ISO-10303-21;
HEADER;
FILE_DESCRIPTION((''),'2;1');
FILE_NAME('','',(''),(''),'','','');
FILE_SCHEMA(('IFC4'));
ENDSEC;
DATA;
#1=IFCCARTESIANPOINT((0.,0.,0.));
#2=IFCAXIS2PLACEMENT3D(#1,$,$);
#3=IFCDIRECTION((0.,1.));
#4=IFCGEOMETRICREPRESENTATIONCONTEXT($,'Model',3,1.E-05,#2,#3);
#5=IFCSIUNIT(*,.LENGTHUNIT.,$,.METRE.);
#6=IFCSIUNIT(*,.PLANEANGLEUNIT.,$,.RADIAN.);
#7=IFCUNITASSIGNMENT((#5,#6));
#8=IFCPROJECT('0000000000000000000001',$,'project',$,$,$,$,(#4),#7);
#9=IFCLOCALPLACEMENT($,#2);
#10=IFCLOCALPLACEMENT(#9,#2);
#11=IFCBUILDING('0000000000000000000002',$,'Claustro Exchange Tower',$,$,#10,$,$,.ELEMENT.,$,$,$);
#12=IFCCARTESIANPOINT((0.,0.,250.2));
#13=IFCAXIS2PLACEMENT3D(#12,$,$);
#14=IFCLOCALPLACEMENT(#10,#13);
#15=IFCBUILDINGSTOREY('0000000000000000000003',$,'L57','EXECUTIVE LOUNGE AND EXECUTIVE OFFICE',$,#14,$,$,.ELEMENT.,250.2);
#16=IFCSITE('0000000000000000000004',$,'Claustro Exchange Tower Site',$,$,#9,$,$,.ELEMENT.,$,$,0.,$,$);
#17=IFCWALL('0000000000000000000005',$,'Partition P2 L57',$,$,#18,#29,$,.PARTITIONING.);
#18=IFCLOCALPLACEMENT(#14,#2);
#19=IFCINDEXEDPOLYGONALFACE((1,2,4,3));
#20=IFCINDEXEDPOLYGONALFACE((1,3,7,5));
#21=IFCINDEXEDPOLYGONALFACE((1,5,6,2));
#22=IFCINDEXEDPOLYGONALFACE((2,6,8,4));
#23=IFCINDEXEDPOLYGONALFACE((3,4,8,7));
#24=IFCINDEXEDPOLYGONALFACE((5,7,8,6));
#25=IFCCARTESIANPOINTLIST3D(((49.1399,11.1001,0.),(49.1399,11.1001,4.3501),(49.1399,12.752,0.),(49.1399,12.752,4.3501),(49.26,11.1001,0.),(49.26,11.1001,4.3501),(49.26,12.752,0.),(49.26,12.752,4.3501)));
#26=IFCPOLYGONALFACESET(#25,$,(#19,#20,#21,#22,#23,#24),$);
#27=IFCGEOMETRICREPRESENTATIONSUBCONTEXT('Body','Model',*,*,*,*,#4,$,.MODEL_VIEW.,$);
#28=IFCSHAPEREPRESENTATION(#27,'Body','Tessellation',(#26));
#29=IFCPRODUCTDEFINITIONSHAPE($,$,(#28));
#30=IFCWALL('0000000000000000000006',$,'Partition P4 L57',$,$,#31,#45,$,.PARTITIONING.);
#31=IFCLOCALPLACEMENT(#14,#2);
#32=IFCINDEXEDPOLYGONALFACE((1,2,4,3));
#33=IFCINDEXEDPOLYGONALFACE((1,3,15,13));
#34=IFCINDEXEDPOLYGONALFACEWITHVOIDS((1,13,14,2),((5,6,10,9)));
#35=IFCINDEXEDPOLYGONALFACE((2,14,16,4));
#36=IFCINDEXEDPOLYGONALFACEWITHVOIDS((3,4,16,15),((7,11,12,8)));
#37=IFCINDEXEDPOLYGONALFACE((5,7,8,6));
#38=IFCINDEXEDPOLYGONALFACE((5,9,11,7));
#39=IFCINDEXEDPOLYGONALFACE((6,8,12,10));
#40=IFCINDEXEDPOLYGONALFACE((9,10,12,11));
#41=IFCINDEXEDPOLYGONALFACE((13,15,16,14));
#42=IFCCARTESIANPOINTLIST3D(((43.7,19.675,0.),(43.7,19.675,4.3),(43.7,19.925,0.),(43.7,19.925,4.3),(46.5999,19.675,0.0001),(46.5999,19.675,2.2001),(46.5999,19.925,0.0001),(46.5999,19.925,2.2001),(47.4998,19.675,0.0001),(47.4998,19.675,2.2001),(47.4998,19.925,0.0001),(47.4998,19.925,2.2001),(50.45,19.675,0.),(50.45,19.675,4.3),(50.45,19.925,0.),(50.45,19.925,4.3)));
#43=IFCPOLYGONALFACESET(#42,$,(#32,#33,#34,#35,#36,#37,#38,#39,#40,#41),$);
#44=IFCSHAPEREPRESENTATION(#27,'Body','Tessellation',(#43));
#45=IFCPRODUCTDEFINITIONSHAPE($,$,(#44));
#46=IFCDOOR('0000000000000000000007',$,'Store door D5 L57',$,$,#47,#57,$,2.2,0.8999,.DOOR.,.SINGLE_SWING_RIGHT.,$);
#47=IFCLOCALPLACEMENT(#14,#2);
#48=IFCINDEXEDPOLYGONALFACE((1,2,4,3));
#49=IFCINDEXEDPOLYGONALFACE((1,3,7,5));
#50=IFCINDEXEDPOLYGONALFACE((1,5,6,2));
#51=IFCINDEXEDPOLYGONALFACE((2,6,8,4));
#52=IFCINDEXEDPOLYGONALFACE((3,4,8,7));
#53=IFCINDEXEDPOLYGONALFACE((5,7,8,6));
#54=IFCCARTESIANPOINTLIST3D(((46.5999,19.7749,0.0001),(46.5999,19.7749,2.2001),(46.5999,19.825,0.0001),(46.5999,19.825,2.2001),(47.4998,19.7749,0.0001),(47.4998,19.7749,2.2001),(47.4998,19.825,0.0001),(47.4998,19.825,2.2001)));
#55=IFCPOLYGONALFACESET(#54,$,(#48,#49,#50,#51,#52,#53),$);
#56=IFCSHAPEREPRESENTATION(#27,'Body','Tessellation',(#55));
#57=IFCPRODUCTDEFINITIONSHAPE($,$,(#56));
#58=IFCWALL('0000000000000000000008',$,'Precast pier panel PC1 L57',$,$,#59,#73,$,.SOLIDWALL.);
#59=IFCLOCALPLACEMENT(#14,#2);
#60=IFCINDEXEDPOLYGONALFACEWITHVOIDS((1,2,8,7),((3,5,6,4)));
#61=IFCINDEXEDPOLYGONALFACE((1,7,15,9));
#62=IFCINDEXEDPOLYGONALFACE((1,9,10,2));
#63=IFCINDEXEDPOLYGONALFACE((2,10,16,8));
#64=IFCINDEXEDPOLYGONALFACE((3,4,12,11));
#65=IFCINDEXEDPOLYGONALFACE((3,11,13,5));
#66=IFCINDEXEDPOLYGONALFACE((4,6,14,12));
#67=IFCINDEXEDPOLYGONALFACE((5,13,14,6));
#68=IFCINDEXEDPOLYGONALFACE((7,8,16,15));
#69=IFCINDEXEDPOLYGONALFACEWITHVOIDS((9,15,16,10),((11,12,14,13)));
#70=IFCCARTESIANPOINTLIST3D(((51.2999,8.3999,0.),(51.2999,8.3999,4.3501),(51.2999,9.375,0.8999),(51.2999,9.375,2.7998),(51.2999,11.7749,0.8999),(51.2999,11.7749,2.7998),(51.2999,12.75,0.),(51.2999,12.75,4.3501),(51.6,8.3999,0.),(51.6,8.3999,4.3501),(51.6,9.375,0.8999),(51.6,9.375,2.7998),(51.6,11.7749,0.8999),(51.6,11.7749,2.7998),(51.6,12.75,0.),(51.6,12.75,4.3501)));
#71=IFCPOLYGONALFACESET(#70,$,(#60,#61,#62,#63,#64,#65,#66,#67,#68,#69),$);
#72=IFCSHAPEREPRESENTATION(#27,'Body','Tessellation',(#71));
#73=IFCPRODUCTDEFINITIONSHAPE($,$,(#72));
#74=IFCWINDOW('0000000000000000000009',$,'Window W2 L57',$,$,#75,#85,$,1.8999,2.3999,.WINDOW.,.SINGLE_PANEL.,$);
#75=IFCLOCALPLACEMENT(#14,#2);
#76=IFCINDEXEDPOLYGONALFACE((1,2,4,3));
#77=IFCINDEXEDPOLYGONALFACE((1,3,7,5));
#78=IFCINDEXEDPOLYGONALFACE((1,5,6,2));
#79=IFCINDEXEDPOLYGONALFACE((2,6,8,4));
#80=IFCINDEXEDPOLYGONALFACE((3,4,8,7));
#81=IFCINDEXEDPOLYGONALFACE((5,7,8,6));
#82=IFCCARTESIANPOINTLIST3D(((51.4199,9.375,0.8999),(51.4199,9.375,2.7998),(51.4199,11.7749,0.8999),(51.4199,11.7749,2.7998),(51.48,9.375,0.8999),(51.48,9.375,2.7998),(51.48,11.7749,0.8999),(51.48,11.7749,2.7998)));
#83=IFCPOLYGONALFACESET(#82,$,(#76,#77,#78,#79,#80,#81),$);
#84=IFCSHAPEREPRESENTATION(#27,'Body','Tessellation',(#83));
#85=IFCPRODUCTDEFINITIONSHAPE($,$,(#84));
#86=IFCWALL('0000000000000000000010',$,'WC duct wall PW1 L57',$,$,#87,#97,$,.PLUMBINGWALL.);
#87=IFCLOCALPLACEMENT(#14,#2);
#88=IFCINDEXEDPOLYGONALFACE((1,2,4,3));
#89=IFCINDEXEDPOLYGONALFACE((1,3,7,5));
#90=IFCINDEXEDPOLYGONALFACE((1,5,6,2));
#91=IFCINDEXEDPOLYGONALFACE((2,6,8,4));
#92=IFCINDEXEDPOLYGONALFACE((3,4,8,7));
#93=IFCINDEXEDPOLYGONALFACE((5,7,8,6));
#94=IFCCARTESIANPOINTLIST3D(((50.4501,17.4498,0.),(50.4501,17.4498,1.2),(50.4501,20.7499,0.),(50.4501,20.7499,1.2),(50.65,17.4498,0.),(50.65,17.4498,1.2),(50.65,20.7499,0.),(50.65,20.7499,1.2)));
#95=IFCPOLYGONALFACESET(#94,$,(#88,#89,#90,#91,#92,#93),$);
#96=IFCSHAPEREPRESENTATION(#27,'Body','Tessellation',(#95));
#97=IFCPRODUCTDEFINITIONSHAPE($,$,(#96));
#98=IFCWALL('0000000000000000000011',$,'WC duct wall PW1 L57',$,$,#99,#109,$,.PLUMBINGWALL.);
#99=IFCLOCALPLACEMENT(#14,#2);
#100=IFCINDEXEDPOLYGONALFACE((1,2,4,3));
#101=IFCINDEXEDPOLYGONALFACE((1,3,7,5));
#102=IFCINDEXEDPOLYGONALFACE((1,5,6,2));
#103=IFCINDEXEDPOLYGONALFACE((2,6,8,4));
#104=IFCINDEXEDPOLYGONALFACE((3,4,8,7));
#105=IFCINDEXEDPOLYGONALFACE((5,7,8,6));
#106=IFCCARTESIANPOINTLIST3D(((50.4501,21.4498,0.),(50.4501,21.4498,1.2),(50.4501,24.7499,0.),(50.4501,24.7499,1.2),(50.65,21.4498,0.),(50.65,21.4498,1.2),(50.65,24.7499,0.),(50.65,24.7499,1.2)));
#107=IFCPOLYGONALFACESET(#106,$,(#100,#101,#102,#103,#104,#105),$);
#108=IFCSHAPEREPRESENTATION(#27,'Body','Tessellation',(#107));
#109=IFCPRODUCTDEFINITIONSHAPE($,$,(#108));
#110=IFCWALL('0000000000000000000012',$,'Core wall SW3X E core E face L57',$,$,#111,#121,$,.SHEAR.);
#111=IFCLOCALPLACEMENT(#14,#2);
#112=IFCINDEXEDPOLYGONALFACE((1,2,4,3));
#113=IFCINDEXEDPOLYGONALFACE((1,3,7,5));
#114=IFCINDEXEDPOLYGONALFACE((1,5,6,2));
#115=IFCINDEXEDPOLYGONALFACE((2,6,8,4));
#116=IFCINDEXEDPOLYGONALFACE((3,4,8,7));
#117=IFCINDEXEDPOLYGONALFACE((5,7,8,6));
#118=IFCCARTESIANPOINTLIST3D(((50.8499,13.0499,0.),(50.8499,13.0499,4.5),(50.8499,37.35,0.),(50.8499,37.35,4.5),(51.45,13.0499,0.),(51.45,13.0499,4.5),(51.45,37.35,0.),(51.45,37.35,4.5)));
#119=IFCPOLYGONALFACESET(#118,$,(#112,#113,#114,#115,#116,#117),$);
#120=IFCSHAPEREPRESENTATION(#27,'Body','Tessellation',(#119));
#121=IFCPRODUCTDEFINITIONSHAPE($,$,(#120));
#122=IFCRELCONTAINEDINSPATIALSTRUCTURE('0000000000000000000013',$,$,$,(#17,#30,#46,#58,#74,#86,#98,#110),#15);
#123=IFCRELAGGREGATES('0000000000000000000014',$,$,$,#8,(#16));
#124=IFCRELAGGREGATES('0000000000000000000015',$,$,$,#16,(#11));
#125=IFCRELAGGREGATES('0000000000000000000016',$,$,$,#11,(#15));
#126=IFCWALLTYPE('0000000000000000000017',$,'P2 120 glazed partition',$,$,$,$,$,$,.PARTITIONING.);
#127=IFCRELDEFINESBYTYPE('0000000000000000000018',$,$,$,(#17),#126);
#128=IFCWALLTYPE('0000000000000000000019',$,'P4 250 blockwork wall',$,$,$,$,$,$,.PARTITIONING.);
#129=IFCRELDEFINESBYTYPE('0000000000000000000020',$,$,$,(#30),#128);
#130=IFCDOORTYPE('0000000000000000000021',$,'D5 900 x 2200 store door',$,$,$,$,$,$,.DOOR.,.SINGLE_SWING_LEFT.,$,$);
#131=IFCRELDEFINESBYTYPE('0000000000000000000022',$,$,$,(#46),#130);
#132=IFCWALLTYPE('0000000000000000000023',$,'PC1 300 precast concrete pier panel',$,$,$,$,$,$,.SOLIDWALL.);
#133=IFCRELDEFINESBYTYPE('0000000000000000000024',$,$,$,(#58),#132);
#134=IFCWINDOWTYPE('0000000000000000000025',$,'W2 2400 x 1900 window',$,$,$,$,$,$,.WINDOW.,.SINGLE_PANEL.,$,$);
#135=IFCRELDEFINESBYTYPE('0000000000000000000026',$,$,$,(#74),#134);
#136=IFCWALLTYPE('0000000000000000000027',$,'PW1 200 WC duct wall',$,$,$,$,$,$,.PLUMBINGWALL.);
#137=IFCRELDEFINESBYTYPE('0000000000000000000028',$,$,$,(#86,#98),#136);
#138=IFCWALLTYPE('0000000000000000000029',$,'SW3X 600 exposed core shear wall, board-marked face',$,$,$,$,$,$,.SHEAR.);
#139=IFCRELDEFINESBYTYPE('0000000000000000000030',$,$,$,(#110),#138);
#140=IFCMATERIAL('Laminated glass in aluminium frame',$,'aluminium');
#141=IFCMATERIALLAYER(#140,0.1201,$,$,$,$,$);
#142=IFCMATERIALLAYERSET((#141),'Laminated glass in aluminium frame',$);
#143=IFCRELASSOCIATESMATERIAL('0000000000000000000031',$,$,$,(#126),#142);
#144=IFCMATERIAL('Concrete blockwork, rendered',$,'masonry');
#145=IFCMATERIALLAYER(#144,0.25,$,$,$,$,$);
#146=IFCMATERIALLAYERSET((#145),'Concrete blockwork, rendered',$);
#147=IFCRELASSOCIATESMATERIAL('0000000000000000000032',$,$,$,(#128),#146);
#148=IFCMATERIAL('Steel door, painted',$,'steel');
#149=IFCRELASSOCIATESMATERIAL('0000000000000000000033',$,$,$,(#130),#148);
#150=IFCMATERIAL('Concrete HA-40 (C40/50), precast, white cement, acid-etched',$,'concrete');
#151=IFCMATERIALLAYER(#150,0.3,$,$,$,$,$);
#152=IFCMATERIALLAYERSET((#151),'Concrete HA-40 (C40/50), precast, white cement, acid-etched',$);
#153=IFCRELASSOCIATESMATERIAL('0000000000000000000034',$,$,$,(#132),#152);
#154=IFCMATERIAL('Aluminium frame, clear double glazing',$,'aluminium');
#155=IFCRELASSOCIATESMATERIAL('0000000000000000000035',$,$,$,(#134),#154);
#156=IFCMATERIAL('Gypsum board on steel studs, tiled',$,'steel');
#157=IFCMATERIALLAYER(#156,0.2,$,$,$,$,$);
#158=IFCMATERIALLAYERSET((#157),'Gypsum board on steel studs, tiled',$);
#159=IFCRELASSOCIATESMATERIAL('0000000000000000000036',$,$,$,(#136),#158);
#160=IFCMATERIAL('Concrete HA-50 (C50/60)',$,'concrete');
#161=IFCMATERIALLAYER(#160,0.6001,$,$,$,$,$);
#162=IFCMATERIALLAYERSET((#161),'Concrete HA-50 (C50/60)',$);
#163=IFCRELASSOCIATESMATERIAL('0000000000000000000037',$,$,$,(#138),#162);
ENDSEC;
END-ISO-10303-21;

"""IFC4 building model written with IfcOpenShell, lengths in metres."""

from ifc_helpers import new_model, si_unit, direction, frame, frame_2d, origin, place, context, subcontext, project, spatial, rectangle, extrude, material, layer, layer_set, type_object, element, fill, save


model = new_model("IFC4")

# Units and contexts
model_context = context("Model", 3, precision=1e-05, world=origin(), true_north=direction((0.0, 1.0)))
body_context = subcontext(model_context, "Body", "Model", "MODEL_VIEW")
ifc_project = project(units=[si_unit("LENGTHUNIT", "METRE"), si_unit("PLANEANGLEUNIT", "RADIAN")], contexts=[model_context])

# Site, building, storey
site_placement = place(None, origin())
site = spatial("IfcSite", under=ifc_project, at=site_placement, Name="Claustro Exchange Tower Site", CompositionType="ELEMENT", RefElevation=0.0)
building_placement = place(site_placement, origin())
building = spatial("IfcBuilding", under=site, at=building_placement, Name="Claustro Exchange Tower", CompositionType="ELEMENT")
storey_placement = place(building_placement, frame((0.0, 0.0, 250.2)))
storey = spatial("IfcBuildingStorey", under=building, at=storey_placement, Name="L57", Description="EXECUTIVE LOUNGE AND EXECUTIVE OFFICE", CompositionType="ELEMENT", Elevation=250.2)

# Wall
ifc_material_1 = material(Name="Laminated glass in aluminium frame", Category="aluminium")
ifc_layer_1 = layer(ifc_material_1, 0.1201)
ifc_layer_set_1 = layer_set([ifc_layer_1], Name="Laminated glass in aluminium frame")
wall_type_1 = type_object("IfcWallType", Name="P2 120 glazed partition", PredefinedType="PARTITIONING", material=ifc_layer_set_1)
wall_1_placement = place(storey_placement, frame((49.2, 11.1001, 0.0), z_axis=(0.0, 0.0, 1.0), x_axis=(0.0, 1.0, 0.0)))
element("IfcWall", 1, at=wall_1_placement, inside=storey, type_object=wall_type_1, Name="Partition P2 L57", PredefinedType="PARTITIONING", context=body_context, shape_type="SweptSolid", body=[
    extrude(rectangle(XDim=1.6519, YDim=0.1201, at=frame_2d((0.8259, 0.0))), origin(), (0.0, 0.0, 1.0), 4.3501),
])

# Wall, opening, door
ifc_material_2 = material(Name="Concrete blockwork, rendered", Category="masonry")
ifc_layer_2 = layer(ifc_material_2, 0.25)
ifc_layer_set_2 = layer_set([ifc_layer_2], Name="Concrete blockwork, rendered")
wall_type_2 = type_object("IfcWallType", Name="P4 250 blockwork wall", PredefinedType="PARTITIONING", material=ifc_layer_set_2)
wall_2_placement = place(storey_placement, frame((43.7, 19.8, 0.0), z_axis=(0.0, 0.0, 1.0), x_axis=(1.0, 0.0, 0.0)))
wall_2 = element("IfcWall", 2, at=wall_2_placement, inside=storey, type_object=wall_type_2, Name="Partition P4 L57", PredefinedType="PARTITIONING", context=body_context, shape_type="SweptSolid", body=[
    extrude(rectangle(XDim=6.75, YDim=0.25, at=frame_2d((3.375, 0.0))), origin(), (0.0, 0.0, 1.0), 4.3),
])
opening_1_placement = place(wall_2_placement, frame((2.8999, 0.0, 0.0)))
opening_1 = element("IfcOpeningElement", 3, at=opening_1_placement, cuts=wall_2, PredefinedType="OPENING", context=body_context, shape_type="SweptSolid", body=[
    extrude(rectangle(XDim=0.8999, YDim=2.2, at=frame_2d((0.45, 1.1001))), frame((0.0, 0.135, 0.0), z_axis=(0.0, -1.0, 0.0), x_axis=(1.0, 0.0, 0.0)), (0.0, 0.0, 1.0), 0.27),
])
ifc_material_3 = material(Name="Steel door, painted", Category="steel")
door_type_1 = type_object("IfcDoorType", Name="D5 900 x 2200 store door", OperationType="SINGLE_SWING_LEFT", PredefinedType="DOOR", material=ifc_material_3)
door_1_placement = place(opening_1_placement, origin())
door_1 = element("IfcDoor", 4, at=door_1_placement, inside=storey, type_object=door_type_1, Name="Store door D5 L57", OperationType="SINGLE_SWING_RIGHT", OverallHeight=2.2, OverallWidth=0.8999, PredefinedType="DOOR", context=body_context, shape_type="SweptSolid", body=[
    extrude(rectangle(XDim=0.8999, YDim=2.2, at=frame_2d((0.45, 1.1001))), frame((0.0, 0.0249, 0.0), z_axis=(0.0, -1.0, 0.0), x_axis=(1.0, 0.0, 0.0)), (0.0, 0.0, 1.0), 0.05),
])
fill(opening_1, door_1)

# Wall, opening, window
ifc_material_4 = material(Name="Concrete HA-40 (C40/50), precast, white cement, acid-etched", Category="concrete")
ifc_layer_3 = layer(ifc_material_4, 0.3)
ifc_layer_set_3 = layer_set([ifc_layer_3], Name="Concrete HA-40 (C40/50), precast, white cement, acid-etched")
wall_type_3 = type_object("IfcWallType", Name="PC1 300 precast concrete pier panel", PredefinedType="SOLIDWALL", material=ifc_layer_set_3)
wall_3_placement = place(storey_placement, frame((51.45, 12.75, 0.0), z_axis=(0.0, 0.0, 1.0), x_axis=(0.0, -1.0, 0.0)))
wall_3 = element("IfcWall", 5, at=wall_3_placement, inside=storey, type_object=wall_type_3, Name="Precast pier panel PC1 L57", PredefinedType="SOLIDWALL", context=body_context, shape_type="SweptSolid", body=[
    extrude(rectangle(XDim=4.3501, YDim=0.3, at=frame_2d((2.175, 0.0))), origin(), (0.0, 0.0, 1.0), 4.3501),
])
opening_2_placement = place(wall_3_placement, frame((0.9751, 0.0, 0.8999)))
opening_2 = element("IfcOpeningElement", 6, at=opening_2_placement, cuts=wall_3, PredefinedType="OPENING", context=body_context, shape_type="SweptSolid", body=[
    extrude(rectangle(XDim=2.3999, YDim=1.8999, at=frame_2d((1.2, 0.95))), frame((0.0, 0.1599, 0.0), z_axis=(0.0, -1.0, 0.0), x_axis=(1.0, 0.0, 0.0)), (0.0, 0.0, 1.0), 0.3201),
])
ifc_material_5 = material(Name="Aluminium frame, clear double glazing", Category="aluminium")
window_type = type_object("IfcWindowType", Name="W2 2400 x 1900 window", PartitioningType="SINGLE_PANEL", PredefinedType="WINDOW", material=ifc_material_5)
window_placement = place(opening_2_placement, origin())
window = element("IfcWindow", 7, at=window_placement, inside=storey, type_object=window_type, Name="Window W2 L57", OverallHeight=1.8999, OverallWidth=2.3999, PartitioningType="SINGLE_PANEL", PredefinedType="WINDOW", context=body_context, shape_type="SweptSolid", body=[
    extrude(rectangle(XDim=2.3999, YDim=1.8999, at=frame_2d((1.2, 0.95))), frame((0.0, 0.03, 0.0), z_axis=(0.0, -1.0, 0.0), x_axis=(1.0, 0.0, 0.0)), (0.0, 0.0, 1.0), 0.0601),
])
fill(opening_2, window)

# Walls
ifc_material_6 = material(Name="Gypsum board on steel studs, tiled", Category="steel")
ifc_layer_4 = layer(ifc_material_6, 0.2)
ifc_layer_set_4 = layer_set([ifc_layer_4], Name="Gypsum board on steel studs, tiled")
wall_type_4 = type_object("IfcWallType", Name="PW1 200 WC duct wall", PredefinedType="PLUMBINGWALL", material=ifc_layer_set_4)
for number, where, z_axis, x_axis, name in (
    (8, (50.55, 17.45, 0.0), (0.0, 0.0, 1.0), (0.0, 1.0, 0.0), "WC duct wall PW1 L57"),
    (9, (50.55, 21.45, 0.0), (0.0, 0.0, 1.0), (0.0, 1.0, 0.0), "WC duct wall PW1 L57"),
):
    element("IfcWall", number, at=place(storey_placement, frame(where, z_axis=z_axis, x_axis=x_axis)), inside=storey, type_object=wall_type_4, Name=name, PredefinedType="PLUMBINGWALL", context=body_context, shape_type="SweptSolid", body=[
        extrude(rectangle(XDim=3.3, YDim=0.2, at=frame_2d((1.6499, 0.0))), origin(), (0.0, 0.0, 1.0), 1.2),
    ])
ifc_material_7 = material(Name="Concrete HA-50 (C50/60)", Category="concrete")
ifc_layer_5 = layer(ifc_material_7, 0.6001)
ifc_layer_set_5 = layer_set([ifc_layer_5], Name="Concrete HA-50 (C50/60)")
wall_type_5 = type_object("IfcWallType", Name="SW3X 600 exposed core shear wall, board-marked face", PredefinedType="SHEAR", material=ifc_layer_set_5)
wall_4_placement = place(storey_placement, frame((51.1499, 13.05, 0.0), z_axis=(0.0, 0.0, 1.0), x_axis=(0.0, 1.0, 0.0)))
element("IfcWall", 10, at=wall_4_placement, inside=storey, type_object=wall_type_5, Name="Core wall SW3X E core E face L57", PredefinedType="SHEAR", context=body_context, shape_type="SweptSolid", body=[
    extrude(rectangle(XDim=24.3, YDim=0.6001, at=frame_2d((12.1499, 0.0))), origin(), (0.0, 0.0, 1.0), 4.5),
])

save(model, "model.ifc")
